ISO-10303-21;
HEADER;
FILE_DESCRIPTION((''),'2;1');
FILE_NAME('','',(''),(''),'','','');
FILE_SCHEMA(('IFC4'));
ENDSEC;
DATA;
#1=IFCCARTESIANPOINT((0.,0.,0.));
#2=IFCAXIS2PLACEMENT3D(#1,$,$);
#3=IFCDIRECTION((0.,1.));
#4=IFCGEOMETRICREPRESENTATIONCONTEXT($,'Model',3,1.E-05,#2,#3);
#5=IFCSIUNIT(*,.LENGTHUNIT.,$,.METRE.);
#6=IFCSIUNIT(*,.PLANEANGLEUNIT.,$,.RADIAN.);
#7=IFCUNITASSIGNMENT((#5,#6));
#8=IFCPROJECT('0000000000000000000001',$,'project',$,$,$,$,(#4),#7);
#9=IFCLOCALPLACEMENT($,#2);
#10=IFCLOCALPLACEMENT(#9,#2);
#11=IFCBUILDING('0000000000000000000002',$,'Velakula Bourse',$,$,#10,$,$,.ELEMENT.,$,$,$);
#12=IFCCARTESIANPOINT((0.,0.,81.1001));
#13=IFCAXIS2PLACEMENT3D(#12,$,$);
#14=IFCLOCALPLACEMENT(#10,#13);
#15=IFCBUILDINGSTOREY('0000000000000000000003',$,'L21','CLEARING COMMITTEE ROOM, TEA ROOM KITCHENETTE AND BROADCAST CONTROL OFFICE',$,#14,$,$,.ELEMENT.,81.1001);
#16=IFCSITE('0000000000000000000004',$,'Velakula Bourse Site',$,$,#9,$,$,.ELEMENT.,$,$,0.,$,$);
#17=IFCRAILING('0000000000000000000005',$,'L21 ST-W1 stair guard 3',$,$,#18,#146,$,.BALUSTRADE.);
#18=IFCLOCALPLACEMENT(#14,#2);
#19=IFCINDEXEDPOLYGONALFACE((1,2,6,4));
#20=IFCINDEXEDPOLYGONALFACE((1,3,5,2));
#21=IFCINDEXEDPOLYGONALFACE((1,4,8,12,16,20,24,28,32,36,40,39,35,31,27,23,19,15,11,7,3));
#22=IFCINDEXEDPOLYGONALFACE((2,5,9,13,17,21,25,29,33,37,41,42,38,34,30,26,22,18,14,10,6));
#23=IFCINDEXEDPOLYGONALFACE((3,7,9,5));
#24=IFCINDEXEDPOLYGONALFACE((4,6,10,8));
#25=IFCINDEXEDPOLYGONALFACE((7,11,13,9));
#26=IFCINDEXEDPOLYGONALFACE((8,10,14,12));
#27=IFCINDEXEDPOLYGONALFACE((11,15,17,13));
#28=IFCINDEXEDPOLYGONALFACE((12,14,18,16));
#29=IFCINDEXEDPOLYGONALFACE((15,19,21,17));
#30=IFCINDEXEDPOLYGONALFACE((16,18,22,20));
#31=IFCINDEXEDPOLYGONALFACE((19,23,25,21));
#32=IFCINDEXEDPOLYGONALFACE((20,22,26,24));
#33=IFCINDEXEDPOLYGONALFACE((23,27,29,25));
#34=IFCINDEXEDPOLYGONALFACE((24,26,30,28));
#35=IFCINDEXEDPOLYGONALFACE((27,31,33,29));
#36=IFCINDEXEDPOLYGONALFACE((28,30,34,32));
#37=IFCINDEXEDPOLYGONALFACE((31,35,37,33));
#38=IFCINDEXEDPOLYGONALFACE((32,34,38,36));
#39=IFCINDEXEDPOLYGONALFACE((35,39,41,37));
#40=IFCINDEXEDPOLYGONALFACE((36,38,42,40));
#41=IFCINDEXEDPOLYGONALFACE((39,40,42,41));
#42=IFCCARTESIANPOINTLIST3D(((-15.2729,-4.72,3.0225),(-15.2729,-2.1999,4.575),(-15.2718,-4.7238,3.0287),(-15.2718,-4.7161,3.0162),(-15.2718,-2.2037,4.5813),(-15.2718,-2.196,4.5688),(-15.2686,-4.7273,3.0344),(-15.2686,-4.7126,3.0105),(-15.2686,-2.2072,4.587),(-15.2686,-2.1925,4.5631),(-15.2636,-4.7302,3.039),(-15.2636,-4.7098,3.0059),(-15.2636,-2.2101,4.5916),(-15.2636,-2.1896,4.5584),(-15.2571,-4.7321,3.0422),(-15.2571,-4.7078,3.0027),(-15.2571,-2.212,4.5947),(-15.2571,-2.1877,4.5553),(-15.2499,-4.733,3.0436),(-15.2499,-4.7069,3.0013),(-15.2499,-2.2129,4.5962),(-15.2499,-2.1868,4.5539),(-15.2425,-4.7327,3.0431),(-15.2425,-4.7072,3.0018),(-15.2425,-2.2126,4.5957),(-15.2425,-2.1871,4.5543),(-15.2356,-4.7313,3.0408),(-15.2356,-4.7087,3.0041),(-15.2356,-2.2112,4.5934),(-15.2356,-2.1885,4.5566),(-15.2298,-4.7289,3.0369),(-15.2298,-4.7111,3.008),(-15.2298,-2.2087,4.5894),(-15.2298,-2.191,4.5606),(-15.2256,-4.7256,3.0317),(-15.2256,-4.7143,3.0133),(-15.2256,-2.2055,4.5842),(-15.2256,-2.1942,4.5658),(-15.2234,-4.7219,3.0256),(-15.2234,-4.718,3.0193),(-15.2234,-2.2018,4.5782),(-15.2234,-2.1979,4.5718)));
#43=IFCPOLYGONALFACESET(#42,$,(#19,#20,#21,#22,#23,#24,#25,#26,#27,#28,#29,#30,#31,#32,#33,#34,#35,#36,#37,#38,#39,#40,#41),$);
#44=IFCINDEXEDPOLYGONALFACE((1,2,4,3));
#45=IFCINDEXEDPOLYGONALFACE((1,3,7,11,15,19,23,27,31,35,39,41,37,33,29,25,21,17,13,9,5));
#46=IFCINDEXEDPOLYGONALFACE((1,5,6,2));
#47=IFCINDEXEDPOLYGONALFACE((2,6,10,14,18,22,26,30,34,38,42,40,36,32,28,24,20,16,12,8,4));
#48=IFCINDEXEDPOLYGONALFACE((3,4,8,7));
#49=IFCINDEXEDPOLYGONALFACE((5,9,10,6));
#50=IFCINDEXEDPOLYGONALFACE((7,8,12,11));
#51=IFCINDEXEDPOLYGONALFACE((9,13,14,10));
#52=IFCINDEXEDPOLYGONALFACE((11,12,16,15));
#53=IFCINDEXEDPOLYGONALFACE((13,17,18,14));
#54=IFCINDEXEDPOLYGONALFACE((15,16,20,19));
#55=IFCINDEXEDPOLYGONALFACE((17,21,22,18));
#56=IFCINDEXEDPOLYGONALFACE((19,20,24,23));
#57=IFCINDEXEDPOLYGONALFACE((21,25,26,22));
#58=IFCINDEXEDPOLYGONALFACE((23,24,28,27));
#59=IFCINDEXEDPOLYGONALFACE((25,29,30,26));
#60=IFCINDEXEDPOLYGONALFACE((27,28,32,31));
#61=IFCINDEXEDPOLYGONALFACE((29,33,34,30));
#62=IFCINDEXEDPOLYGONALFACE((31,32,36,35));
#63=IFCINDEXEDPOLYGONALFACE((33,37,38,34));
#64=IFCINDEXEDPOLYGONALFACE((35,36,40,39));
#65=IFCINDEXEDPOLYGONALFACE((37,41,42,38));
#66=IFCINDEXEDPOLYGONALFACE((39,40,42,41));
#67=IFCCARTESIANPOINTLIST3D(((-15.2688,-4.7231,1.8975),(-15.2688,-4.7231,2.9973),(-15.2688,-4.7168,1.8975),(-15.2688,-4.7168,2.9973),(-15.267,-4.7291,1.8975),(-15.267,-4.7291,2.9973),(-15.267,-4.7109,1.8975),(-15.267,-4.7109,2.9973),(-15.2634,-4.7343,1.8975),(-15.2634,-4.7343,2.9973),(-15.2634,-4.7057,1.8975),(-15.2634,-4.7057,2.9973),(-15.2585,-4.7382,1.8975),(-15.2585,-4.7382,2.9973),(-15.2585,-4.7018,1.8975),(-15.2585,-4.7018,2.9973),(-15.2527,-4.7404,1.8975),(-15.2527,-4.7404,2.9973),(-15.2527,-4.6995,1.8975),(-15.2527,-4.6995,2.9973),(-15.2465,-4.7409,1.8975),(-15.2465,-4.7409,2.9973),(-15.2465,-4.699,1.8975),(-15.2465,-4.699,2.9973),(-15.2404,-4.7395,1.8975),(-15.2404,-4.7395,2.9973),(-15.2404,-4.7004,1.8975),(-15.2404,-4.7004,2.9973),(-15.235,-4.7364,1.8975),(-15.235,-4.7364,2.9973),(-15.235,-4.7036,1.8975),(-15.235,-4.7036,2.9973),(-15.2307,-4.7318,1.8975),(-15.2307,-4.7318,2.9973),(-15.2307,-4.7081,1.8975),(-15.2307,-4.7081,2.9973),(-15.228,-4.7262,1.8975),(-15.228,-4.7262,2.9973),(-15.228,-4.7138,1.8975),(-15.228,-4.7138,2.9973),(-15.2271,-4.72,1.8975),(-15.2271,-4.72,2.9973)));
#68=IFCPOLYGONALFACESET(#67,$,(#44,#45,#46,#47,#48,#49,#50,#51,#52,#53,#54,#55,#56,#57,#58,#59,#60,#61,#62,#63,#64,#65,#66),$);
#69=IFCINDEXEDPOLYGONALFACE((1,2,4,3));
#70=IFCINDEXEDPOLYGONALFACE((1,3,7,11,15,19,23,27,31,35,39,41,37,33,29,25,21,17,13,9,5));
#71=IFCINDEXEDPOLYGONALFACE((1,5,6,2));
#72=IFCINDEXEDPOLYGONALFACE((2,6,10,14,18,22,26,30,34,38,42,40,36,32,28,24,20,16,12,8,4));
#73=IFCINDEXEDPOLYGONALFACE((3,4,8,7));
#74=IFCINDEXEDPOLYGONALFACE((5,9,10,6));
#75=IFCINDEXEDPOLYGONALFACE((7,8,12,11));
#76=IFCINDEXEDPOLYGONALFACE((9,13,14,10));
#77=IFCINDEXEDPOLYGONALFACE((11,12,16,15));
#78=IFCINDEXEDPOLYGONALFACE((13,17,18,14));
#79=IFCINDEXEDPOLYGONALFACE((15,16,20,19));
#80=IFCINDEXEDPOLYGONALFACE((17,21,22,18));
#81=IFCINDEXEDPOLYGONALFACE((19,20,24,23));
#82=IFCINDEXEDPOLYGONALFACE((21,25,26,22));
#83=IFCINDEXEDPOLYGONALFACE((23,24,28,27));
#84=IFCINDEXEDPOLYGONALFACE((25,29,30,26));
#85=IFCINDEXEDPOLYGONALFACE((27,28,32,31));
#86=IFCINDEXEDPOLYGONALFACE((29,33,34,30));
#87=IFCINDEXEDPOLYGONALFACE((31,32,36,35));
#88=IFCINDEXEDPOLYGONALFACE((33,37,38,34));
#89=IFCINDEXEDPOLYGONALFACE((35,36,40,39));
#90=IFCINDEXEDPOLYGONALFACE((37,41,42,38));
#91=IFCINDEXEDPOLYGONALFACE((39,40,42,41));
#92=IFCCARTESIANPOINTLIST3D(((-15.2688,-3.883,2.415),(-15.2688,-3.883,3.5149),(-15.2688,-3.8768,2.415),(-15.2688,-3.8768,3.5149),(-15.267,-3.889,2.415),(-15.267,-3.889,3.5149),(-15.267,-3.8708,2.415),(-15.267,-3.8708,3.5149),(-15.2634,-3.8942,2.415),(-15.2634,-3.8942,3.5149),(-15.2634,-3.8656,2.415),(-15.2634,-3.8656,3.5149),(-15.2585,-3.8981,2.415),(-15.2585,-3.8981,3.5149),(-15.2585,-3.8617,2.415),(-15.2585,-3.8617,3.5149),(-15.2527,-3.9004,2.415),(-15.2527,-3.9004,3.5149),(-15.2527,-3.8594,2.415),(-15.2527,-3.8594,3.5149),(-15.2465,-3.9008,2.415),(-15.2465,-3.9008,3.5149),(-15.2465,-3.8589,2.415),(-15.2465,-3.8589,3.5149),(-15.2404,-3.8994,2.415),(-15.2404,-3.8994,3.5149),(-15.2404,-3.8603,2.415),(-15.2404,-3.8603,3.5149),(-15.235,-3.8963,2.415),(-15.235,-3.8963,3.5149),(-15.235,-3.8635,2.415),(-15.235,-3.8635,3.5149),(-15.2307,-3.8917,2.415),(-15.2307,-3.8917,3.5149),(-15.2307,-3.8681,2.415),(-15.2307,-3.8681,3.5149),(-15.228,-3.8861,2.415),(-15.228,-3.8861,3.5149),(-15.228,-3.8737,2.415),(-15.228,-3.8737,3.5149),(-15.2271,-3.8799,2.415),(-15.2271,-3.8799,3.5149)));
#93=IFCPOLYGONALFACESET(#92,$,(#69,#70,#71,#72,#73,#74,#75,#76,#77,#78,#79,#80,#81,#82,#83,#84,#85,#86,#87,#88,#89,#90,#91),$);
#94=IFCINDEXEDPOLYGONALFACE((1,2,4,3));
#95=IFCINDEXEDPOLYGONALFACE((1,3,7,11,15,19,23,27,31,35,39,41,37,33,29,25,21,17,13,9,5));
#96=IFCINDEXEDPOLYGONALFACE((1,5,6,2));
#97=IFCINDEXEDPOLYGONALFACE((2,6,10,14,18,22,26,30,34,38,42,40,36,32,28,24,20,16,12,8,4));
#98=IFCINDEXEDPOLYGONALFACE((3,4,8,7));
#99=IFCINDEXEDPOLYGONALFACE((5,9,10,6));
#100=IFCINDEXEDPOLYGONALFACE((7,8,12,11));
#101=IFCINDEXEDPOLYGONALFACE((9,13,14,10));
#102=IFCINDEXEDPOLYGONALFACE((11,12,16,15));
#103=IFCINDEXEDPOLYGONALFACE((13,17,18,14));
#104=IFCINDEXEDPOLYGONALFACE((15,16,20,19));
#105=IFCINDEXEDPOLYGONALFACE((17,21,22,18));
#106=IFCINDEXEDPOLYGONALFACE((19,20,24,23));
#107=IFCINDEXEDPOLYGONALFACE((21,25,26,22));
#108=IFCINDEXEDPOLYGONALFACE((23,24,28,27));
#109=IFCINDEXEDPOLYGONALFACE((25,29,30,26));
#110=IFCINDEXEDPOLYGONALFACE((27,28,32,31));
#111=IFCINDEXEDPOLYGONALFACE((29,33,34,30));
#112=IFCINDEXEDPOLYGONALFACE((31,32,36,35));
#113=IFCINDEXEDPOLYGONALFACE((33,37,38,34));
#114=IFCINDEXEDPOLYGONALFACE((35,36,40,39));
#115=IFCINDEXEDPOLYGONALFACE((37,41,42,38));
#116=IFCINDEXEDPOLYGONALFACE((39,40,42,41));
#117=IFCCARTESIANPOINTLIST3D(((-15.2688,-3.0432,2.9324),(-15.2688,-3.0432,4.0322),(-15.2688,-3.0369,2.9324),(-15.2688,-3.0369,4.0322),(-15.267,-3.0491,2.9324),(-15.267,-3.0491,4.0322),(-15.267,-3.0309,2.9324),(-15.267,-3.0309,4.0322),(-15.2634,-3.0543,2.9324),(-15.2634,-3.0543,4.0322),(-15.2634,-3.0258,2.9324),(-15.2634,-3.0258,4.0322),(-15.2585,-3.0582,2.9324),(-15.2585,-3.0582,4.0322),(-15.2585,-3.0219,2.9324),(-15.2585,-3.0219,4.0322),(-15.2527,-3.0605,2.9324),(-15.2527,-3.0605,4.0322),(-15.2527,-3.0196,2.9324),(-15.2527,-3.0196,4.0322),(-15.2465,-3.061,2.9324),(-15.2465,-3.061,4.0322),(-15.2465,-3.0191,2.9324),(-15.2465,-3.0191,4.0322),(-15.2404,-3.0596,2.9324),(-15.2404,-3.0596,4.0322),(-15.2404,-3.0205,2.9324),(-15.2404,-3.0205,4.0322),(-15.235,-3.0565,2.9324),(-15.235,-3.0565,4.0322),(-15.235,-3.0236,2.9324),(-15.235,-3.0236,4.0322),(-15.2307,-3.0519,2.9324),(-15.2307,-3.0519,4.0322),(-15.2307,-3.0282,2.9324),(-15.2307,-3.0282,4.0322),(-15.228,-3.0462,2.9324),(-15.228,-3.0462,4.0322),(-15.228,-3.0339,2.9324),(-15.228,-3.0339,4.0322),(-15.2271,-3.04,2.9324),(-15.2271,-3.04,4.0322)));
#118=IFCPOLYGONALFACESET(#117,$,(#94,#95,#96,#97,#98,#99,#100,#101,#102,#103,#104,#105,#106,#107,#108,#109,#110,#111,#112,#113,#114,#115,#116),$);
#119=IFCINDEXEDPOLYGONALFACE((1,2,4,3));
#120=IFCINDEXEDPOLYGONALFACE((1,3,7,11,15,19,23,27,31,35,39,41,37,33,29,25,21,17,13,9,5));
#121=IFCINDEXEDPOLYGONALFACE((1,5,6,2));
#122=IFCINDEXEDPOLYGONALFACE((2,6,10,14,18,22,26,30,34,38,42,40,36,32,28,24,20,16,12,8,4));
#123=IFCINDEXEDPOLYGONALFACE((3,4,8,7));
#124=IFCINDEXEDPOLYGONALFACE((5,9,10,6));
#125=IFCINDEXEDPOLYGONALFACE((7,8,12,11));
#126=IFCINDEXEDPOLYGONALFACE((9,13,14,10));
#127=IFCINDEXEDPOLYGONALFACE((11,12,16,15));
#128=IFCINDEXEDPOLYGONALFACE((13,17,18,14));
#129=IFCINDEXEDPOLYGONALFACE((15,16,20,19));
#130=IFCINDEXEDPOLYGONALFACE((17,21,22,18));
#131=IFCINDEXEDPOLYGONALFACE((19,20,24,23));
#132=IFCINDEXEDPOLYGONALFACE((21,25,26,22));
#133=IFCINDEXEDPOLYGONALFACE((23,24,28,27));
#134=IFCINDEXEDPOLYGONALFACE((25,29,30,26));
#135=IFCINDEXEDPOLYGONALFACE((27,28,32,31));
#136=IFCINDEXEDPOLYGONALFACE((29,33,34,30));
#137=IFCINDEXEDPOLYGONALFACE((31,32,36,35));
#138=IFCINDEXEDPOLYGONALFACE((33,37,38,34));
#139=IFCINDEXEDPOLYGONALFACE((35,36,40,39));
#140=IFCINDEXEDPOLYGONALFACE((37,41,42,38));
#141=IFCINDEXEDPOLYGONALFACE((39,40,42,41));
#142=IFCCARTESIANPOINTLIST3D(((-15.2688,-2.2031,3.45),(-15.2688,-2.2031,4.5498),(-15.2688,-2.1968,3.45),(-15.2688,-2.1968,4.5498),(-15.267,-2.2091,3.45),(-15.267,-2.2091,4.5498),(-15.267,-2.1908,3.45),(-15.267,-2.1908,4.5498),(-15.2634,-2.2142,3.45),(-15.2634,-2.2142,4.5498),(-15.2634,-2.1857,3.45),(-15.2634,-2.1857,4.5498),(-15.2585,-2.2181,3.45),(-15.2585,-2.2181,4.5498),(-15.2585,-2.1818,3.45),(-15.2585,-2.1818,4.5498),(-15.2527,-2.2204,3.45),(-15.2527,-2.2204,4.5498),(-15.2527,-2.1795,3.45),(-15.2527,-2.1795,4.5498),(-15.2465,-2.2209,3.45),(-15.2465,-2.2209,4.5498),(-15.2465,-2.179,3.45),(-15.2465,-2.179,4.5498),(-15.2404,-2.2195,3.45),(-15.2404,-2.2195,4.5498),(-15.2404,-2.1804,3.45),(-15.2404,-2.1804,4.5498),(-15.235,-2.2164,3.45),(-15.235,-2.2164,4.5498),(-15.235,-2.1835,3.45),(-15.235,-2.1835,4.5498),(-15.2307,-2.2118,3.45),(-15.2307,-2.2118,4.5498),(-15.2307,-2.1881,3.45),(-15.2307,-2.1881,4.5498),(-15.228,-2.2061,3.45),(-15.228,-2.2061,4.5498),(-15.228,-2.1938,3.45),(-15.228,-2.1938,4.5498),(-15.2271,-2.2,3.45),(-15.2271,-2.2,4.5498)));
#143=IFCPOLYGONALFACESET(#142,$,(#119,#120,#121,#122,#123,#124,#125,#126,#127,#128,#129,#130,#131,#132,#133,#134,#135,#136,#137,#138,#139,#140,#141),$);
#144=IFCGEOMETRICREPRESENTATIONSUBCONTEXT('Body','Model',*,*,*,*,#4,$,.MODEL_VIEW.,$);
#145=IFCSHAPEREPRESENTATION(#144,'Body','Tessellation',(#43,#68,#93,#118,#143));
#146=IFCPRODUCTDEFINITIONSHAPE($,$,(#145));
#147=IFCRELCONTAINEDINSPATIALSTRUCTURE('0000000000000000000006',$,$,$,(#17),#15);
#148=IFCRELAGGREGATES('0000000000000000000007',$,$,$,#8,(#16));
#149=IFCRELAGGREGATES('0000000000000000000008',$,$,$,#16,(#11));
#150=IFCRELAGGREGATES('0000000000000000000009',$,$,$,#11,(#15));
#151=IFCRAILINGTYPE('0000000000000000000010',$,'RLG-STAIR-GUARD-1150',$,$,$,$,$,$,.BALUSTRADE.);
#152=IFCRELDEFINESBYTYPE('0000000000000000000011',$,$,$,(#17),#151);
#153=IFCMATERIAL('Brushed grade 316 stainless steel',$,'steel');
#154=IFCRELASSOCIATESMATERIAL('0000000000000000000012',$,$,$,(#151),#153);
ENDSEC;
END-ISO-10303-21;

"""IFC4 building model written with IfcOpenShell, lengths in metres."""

from ifc_helpers import new_model, si_unit, direction, frame, origin, origin_2d, place, context, subcontext, project, spatial, circle, extrude, material, type_object, element, save


model = new_model("IFC4")

# Units and contexts
model_context = context("Model", 3, precision=1e-05, world=origin(), true_north=direction((0.0, 1.0)))
body_context = subcontext(model_context, "Body", "Model", "MODEL_VIEW")
ifc_project = project(units=[si_unit("LENGTHUNIT", "METRE"), si_unit("PLANEANGLEUNIT", "RADIAN")], contexts=[model_context])

# Site, building, storey
site_placement = place(None, origin())
site = spatial("IfcSite", under=ifc_project, at=site_placement, Name="Velakula Bourse Site", CompositionType="ELEMENT", RefElevation=0.0)
building_placement = place(site_placement, origin())
building = spatial("IfcBuilding", under=site, at=building_placement, Name="Velakula Bourse", CompositionType="ELEMENT")
storey_placement = place(building_placement, frame((0.0, 0.0, 81.1001)))
storey = spatial("IfcBuildingStorey", under=building, at=storey_placement, Name="L21", Description="CLEARING COMMITTEE ROOM, TEA ROOM KITCHENETTE AND BROADCAST CONTROL OFFICE", CompositionType="ELEMENT", Elevation=81.1001)

# Shared definitions
ifc_material_1 = material(Name="Brushed grade 316 stainless steel", Category="steel")

# Railing
railing_type_1 = type_object("IfcRailingType", Name="RLG-STAIR-GUARD-1150", PredefinedType="BALUSTRADE", material=ifc_material_1)
railing_1_placement = place(storey_placement, frame((-15.248, -4.72, 1.8975)))
element("IfcRailing", 1, at=railing_1_placement, inside=storey, type_object=railing_type_1, Name="L21 ST-W1 stair guard 3", PredefinedType="BALUSTRADE", context=body_context, shape_type="SweptSolid", body=[
    extrude(circle(Radius=0.0249, at=origin_2d()), frame((0.0, 0.0, 1.125), z_axis=(0.0, 0.8514, 0.524516), x_axis=(-1.0, 0.0, 0.0)), (0.0, 0.0, 1.0), 2.96),
    extrude(circle(Radius=0.021, at=origin_2d()), origin(), (0.0, 0.0, 1.0), 1.0999),
    extrude(circle(Radius=0.021, at=origin_2d()), frame((0.0, 0.8401, 0.5176)), (0.0, 0.0, 1.0), 1.0999),
    extrude(circle(Radius=0.021, at=origin_2d()), frame((0.0, 1.6799, 1.0349)), (0.0, 0.0, 1.0), 1.0999),
    extrude(circle(Radius=0.021, at=origin_2d()), frame((0.0, 2.52, 1.5525)), (0.0, 0.0, 1.0), 1.0999),
])

save(model, "model.ifc")
